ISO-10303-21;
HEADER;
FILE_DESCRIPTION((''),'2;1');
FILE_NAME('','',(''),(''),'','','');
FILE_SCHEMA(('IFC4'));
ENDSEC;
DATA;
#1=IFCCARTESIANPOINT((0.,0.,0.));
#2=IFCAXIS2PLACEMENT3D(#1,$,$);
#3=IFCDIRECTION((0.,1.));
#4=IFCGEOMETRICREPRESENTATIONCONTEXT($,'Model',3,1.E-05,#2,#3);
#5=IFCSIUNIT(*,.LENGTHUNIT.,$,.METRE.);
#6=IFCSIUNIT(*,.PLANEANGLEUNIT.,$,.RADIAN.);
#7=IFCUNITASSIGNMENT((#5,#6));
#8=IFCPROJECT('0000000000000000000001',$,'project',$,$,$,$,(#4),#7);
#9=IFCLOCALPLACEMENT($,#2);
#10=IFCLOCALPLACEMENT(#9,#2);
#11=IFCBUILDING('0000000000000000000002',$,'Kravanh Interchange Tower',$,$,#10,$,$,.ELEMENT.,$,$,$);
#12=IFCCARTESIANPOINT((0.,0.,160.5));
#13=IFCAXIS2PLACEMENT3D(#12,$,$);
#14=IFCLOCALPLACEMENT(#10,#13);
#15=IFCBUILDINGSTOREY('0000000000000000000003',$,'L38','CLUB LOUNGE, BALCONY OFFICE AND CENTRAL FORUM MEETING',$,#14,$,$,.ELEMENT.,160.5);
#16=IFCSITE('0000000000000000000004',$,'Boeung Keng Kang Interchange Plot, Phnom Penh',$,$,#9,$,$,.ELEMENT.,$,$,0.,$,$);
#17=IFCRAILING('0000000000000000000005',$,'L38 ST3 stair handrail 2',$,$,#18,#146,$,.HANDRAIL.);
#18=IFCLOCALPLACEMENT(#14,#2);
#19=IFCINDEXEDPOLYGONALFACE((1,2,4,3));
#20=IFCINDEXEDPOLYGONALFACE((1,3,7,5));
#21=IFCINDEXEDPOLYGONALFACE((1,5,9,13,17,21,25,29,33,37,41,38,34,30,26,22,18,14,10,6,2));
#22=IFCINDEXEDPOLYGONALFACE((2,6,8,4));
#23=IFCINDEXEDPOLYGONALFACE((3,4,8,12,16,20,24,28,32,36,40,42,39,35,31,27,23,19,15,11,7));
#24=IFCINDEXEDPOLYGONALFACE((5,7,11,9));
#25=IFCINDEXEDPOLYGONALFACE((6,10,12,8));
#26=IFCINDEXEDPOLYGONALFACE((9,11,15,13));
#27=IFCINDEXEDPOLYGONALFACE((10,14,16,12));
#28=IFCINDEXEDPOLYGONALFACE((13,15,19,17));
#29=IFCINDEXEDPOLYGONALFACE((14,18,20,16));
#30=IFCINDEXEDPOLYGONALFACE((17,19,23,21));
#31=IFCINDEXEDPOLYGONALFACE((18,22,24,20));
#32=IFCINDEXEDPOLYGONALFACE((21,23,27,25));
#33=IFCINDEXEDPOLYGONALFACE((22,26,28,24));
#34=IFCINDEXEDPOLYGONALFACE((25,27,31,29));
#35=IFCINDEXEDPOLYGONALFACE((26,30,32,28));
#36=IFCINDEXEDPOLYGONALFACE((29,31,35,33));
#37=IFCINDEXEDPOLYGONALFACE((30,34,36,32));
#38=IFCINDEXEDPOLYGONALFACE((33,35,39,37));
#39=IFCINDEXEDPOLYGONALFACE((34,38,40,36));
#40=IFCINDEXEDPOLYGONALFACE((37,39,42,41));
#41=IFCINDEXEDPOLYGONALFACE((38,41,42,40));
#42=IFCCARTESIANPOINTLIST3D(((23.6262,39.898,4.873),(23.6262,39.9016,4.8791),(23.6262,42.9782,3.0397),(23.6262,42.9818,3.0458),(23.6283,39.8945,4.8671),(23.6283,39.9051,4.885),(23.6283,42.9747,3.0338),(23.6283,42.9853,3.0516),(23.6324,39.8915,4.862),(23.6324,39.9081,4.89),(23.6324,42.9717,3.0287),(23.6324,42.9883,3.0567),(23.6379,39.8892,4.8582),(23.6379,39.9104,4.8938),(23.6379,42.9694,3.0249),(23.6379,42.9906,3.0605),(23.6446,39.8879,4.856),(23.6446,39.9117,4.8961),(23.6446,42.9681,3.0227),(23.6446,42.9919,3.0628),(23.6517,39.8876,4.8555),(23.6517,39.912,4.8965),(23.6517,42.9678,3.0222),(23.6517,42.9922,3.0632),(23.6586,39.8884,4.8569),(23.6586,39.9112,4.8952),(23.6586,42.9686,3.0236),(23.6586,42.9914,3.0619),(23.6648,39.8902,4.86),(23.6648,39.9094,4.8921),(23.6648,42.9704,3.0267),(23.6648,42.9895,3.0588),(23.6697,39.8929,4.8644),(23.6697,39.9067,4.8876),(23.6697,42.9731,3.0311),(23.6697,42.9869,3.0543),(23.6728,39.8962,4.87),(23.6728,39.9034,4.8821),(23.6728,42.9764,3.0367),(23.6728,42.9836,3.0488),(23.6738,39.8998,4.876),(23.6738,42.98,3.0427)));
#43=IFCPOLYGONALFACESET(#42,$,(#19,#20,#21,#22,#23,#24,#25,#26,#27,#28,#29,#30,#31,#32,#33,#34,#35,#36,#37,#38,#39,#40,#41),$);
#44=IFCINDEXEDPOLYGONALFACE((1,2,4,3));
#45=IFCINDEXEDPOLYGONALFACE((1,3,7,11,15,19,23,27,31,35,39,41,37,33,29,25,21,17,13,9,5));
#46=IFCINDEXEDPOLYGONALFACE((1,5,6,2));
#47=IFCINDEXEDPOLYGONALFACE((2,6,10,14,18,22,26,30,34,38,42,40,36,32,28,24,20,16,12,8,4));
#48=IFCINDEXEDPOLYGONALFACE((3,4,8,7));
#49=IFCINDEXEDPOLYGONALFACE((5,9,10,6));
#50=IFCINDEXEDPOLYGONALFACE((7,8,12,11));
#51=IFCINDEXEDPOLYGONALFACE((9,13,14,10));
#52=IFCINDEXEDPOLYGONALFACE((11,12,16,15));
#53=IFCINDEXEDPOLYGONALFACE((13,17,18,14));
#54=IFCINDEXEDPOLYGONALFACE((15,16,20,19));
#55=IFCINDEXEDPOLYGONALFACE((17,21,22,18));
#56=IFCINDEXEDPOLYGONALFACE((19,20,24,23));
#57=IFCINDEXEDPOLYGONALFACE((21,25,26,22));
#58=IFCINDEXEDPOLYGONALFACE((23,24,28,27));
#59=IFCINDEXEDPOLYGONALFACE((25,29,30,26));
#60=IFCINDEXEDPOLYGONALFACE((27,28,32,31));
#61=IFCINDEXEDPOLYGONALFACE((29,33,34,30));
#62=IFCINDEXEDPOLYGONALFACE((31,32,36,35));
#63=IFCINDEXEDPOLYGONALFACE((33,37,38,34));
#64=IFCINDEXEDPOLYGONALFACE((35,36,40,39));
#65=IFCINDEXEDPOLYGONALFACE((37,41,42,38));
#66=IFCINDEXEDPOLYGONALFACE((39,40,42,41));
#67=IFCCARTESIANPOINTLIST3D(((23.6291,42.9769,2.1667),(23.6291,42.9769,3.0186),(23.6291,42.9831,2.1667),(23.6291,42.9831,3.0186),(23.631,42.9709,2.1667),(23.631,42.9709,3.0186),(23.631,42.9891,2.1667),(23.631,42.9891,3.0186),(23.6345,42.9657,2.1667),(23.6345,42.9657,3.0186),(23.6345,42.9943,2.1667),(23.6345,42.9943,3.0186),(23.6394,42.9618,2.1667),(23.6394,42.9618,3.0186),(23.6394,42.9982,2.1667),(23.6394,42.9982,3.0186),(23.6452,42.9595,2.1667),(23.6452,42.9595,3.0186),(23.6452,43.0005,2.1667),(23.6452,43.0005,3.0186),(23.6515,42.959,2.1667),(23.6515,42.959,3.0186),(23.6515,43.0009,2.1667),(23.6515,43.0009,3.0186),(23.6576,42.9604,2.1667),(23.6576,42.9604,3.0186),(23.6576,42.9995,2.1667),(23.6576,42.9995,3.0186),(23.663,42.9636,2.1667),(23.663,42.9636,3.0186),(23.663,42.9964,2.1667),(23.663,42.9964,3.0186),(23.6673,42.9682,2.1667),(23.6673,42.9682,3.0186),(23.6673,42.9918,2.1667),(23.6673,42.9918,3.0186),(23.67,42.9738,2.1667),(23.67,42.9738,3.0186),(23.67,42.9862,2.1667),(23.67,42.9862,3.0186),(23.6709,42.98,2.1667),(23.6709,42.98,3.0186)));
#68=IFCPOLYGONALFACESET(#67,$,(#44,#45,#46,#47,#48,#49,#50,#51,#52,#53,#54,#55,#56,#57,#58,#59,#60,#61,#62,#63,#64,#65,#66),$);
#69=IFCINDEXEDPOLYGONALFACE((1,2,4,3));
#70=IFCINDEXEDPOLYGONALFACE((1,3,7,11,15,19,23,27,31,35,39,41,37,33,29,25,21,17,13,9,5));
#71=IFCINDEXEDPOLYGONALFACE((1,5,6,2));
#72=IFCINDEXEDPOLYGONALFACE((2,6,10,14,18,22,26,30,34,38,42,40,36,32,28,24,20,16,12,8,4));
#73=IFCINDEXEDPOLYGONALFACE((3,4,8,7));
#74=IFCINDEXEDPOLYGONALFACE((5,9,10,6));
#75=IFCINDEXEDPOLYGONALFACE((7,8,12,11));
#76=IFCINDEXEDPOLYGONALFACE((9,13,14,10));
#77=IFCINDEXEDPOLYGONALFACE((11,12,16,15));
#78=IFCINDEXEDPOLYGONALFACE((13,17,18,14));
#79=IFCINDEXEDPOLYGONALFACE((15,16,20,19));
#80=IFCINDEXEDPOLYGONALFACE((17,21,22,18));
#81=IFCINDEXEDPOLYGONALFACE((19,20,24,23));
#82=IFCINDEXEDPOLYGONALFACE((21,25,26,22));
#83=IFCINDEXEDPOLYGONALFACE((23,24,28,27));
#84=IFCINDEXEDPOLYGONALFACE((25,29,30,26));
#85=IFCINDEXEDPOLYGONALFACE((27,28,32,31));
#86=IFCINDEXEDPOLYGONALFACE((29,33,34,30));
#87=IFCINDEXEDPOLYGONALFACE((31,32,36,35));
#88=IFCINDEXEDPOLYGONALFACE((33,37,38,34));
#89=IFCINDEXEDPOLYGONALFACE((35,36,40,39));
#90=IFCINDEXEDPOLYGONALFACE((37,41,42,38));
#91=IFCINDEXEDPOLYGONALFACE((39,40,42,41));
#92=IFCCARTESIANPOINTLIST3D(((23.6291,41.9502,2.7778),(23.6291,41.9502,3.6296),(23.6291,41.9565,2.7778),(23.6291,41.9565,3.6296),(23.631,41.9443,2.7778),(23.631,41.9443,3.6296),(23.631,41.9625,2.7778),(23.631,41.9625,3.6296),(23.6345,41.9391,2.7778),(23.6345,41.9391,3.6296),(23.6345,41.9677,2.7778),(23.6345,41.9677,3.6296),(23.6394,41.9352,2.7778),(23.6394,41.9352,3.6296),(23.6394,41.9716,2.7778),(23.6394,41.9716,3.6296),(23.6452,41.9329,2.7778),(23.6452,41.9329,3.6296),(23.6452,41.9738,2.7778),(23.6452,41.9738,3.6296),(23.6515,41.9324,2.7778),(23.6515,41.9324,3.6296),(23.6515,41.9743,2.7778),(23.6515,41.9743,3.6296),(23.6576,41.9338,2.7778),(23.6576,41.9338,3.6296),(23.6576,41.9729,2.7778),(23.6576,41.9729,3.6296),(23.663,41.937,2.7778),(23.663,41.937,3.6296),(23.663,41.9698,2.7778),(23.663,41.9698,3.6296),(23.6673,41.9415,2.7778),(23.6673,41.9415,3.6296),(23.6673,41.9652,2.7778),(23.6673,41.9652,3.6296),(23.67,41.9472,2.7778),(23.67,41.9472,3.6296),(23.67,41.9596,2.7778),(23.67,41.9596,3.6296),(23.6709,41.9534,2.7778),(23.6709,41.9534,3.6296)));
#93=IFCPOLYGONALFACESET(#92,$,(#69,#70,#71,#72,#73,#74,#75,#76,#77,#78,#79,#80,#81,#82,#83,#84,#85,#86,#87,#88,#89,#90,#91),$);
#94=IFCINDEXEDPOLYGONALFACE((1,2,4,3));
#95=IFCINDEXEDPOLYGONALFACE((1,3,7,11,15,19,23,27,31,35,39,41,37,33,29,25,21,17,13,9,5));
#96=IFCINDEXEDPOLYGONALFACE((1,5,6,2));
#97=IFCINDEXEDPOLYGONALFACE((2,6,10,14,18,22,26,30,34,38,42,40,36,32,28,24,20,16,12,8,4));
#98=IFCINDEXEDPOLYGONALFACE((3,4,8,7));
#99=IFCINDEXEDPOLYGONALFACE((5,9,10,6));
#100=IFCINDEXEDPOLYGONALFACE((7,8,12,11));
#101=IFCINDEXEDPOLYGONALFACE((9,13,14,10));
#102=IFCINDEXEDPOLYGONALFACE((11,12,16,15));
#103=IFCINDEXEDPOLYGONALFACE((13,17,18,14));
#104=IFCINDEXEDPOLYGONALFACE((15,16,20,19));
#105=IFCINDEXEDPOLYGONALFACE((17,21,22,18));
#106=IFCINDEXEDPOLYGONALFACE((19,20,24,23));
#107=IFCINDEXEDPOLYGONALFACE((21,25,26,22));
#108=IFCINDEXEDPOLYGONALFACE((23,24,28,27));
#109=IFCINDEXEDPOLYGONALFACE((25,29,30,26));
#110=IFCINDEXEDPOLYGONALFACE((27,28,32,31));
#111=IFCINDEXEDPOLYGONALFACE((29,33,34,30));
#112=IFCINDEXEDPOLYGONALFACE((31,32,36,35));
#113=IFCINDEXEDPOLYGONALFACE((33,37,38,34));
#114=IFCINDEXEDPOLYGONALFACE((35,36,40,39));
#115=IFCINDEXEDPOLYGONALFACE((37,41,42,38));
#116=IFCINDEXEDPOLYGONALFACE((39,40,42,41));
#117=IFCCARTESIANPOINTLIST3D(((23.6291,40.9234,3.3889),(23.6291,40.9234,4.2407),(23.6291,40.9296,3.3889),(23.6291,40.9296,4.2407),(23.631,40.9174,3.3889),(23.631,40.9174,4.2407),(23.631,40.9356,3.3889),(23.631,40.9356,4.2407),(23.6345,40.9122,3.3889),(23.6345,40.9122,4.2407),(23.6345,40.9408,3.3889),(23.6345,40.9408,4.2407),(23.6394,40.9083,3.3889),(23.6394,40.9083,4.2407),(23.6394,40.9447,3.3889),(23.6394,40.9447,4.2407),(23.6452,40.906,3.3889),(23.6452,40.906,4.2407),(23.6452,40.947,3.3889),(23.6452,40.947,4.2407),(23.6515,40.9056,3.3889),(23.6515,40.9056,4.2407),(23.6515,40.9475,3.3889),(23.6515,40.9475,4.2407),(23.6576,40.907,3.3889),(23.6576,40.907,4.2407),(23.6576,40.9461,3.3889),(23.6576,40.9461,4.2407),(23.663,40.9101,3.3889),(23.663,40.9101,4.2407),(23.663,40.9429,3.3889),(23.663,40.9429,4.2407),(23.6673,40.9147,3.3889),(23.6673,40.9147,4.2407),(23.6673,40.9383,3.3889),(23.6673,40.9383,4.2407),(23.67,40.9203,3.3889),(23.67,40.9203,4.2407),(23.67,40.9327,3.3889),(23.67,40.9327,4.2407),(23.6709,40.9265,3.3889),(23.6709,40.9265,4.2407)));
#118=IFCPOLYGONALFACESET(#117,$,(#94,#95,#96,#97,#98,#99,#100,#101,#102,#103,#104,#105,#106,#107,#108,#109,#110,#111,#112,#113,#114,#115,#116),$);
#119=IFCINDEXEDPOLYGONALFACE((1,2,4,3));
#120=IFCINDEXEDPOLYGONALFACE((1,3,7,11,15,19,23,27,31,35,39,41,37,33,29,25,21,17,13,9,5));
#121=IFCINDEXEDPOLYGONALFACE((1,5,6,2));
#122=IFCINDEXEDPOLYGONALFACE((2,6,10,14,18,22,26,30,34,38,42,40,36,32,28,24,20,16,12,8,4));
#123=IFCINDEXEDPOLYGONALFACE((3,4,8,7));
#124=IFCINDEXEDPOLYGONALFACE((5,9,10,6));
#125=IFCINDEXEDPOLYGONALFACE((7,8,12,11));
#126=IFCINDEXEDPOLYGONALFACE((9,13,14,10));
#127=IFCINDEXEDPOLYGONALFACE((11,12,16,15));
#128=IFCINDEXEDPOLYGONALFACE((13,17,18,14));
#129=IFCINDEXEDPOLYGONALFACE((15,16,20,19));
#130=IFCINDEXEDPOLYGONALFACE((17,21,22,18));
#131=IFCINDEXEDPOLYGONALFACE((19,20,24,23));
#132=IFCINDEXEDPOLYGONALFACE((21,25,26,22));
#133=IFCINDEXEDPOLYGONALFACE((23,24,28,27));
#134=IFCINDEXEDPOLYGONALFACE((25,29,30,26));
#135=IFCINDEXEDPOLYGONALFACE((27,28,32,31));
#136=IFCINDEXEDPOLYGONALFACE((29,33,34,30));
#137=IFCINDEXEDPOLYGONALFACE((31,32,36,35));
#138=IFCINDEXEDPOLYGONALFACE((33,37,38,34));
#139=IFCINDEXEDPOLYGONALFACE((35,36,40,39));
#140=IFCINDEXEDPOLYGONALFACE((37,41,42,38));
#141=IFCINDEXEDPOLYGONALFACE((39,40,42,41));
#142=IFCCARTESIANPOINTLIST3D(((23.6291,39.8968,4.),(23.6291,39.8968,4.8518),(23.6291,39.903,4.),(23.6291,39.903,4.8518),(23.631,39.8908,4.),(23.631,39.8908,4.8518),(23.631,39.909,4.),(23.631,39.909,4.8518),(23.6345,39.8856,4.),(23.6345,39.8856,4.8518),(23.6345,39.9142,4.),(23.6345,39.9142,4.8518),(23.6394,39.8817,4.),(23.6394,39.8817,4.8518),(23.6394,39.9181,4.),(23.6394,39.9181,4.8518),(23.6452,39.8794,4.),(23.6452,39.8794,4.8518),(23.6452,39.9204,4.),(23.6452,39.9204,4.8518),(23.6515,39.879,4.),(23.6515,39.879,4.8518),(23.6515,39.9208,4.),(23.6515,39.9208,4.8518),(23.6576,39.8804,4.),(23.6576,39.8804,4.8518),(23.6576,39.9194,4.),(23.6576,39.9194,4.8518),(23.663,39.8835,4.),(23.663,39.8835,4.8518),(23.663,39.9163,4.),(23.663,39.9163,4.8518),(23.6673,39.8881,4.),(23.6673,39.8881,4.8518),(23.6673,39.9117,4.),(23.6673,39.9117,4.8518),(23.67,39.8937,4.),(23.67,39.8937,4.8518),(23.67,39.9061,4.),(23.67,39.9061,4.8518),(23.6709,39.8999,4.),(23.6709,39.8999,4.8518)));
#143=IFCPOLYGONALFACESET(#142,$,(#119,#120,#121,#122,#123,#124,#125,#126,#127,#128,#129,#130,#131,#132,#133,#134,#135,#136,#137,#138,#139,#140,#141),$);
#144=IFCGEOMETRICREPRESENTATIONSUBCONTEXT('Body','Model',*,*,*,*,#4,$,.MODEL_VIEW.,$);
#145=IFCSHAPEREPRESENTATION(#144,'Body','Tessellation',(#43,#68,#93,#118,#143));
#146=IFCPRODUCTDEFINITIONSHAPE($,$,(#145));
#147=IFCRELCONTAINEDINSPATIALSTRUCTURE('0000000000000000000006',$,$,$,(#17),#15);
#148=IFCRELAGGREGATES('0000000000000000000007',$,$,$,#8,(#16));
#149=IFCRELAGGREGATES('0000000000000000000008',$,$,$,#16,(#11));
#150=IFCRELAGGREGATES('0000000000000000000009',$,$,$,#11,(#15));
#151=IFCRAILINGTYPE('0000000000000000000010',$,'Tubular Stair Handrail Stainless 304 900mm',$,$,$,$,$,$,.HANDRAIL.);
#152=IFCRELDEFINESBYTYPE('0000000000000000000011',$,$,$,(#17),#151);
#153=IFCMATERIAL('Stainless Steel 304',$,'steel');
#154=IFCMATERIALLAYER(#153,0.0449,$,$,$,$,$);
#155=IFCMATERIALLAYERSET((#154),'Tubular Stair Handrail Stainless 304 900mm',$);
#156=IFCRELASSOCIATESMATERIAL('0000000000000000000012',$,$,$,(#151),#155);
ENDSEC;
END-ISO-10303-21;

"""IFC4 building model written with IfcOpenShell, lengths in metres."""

from ifc_helpers import new_model, si_unit, direction, frame, origin, origin_2d, place, context, subcontext, project, spatial, circle, extrude, material, layer, layer_set, type_object, element, save


model = new_model("IFC4")

# Units and contexts
model_context = context("Model", 3, precision=1e-05, world=origin(), true_north=direction((0.0, 1.0)))
body_context = subcontext(model_context, "Body", "Model", "MODEL_VIEW")
ifc_project = project(units=[si_unit("LENGTHUNIT", "METRE"), si_unit("PLANEANGLEUNIT", "RADIAN")], contexts=[model_context])

# Site, building, storey
site_placement = place(None, origin())
site = spatial("IfcSite", under=ifc_project, at=site_placement, Name="Boeung Keng Kang Interchange Plot, Phnom Penh", CompositionType="ELEMENT", RefElevation=0.0)
building_placement = place(site_placement, origin())
building = spatial("IfcBuilding", under=site, at=building_placement, Name="Kravanh Interchange Tower", CompositionType="ELEMENT")
storey_placement = place(building_placement, frame((0.0, 0.0, 160.5)))
storey = spatial("IfcBuildingStorey", under=building, at=storey_placement, Name="L38", Description="CLUB LOUNGE, BALCONY OFFICE AND CENTRAL FORUM MEETING", CompositionType="ELEMENT", Elevation=160.5)

# Railing
ifc_material_1 = material(Name="Stainless Steel 304", Category="steel")
ifc_layer_1 = layer(ifc_material_1, 0.0449)
ifc_layer_set_1 = layer_set([ifc_layer_1], Name="Tubular Stair Handrail Stainless 304 900mm")
railing_type_1 = type_object("IfcRailingType", Name="Tubular Stair Handrail Stainless 304 900mm", PredefinedType="HANDRAIL", material=ifc_layer_set_1)
railing_1_placement = place(storey_placement, frame((23.6499, 42.98, 2.1667)))
element("IfcRailing", 1, at=railing_1_placement, inside=storey, type_object=railing_type_1, Name="L38 ST3 stair handrail 2", PredefinedType="HANDRAIL", context=body_context, shape_type="SweptSolid", body=[
    extrude(circle(Radius=0.0239, at=origin_2d()), frame((0.0, 0.0, 0.876), z_axis=(0.0, -0.859309, 0.511458), x_axis=(1.0, 0.0, 0.0)), (0.0, 0.0, 1.0), 3.5845),
    extrude(circle(Radius=0.021, at=origin_2d()), origin(), (0.0, 0.0, 1.0), 0.8518),
    extrude(circle(Radius=0.021, at=origin_2d()), frame((0.0, -1.0266, 0.6111)), (0.0, 0.0, 1.0), 0.8518),
    extrude(circle(Radius=0.021, at=origin_2d()), frame((0.0, -2.0535, 1.2222)), (0.0, 0.0, 1.0), 0.8518),
    extrude(circle(Radius=0.021, at=origin_2d()), frame((0.0, -3.0801, 1.8333)), (0.0, 0.0, 1.0), 0.8518),
])

save(model, "model.ifc")
